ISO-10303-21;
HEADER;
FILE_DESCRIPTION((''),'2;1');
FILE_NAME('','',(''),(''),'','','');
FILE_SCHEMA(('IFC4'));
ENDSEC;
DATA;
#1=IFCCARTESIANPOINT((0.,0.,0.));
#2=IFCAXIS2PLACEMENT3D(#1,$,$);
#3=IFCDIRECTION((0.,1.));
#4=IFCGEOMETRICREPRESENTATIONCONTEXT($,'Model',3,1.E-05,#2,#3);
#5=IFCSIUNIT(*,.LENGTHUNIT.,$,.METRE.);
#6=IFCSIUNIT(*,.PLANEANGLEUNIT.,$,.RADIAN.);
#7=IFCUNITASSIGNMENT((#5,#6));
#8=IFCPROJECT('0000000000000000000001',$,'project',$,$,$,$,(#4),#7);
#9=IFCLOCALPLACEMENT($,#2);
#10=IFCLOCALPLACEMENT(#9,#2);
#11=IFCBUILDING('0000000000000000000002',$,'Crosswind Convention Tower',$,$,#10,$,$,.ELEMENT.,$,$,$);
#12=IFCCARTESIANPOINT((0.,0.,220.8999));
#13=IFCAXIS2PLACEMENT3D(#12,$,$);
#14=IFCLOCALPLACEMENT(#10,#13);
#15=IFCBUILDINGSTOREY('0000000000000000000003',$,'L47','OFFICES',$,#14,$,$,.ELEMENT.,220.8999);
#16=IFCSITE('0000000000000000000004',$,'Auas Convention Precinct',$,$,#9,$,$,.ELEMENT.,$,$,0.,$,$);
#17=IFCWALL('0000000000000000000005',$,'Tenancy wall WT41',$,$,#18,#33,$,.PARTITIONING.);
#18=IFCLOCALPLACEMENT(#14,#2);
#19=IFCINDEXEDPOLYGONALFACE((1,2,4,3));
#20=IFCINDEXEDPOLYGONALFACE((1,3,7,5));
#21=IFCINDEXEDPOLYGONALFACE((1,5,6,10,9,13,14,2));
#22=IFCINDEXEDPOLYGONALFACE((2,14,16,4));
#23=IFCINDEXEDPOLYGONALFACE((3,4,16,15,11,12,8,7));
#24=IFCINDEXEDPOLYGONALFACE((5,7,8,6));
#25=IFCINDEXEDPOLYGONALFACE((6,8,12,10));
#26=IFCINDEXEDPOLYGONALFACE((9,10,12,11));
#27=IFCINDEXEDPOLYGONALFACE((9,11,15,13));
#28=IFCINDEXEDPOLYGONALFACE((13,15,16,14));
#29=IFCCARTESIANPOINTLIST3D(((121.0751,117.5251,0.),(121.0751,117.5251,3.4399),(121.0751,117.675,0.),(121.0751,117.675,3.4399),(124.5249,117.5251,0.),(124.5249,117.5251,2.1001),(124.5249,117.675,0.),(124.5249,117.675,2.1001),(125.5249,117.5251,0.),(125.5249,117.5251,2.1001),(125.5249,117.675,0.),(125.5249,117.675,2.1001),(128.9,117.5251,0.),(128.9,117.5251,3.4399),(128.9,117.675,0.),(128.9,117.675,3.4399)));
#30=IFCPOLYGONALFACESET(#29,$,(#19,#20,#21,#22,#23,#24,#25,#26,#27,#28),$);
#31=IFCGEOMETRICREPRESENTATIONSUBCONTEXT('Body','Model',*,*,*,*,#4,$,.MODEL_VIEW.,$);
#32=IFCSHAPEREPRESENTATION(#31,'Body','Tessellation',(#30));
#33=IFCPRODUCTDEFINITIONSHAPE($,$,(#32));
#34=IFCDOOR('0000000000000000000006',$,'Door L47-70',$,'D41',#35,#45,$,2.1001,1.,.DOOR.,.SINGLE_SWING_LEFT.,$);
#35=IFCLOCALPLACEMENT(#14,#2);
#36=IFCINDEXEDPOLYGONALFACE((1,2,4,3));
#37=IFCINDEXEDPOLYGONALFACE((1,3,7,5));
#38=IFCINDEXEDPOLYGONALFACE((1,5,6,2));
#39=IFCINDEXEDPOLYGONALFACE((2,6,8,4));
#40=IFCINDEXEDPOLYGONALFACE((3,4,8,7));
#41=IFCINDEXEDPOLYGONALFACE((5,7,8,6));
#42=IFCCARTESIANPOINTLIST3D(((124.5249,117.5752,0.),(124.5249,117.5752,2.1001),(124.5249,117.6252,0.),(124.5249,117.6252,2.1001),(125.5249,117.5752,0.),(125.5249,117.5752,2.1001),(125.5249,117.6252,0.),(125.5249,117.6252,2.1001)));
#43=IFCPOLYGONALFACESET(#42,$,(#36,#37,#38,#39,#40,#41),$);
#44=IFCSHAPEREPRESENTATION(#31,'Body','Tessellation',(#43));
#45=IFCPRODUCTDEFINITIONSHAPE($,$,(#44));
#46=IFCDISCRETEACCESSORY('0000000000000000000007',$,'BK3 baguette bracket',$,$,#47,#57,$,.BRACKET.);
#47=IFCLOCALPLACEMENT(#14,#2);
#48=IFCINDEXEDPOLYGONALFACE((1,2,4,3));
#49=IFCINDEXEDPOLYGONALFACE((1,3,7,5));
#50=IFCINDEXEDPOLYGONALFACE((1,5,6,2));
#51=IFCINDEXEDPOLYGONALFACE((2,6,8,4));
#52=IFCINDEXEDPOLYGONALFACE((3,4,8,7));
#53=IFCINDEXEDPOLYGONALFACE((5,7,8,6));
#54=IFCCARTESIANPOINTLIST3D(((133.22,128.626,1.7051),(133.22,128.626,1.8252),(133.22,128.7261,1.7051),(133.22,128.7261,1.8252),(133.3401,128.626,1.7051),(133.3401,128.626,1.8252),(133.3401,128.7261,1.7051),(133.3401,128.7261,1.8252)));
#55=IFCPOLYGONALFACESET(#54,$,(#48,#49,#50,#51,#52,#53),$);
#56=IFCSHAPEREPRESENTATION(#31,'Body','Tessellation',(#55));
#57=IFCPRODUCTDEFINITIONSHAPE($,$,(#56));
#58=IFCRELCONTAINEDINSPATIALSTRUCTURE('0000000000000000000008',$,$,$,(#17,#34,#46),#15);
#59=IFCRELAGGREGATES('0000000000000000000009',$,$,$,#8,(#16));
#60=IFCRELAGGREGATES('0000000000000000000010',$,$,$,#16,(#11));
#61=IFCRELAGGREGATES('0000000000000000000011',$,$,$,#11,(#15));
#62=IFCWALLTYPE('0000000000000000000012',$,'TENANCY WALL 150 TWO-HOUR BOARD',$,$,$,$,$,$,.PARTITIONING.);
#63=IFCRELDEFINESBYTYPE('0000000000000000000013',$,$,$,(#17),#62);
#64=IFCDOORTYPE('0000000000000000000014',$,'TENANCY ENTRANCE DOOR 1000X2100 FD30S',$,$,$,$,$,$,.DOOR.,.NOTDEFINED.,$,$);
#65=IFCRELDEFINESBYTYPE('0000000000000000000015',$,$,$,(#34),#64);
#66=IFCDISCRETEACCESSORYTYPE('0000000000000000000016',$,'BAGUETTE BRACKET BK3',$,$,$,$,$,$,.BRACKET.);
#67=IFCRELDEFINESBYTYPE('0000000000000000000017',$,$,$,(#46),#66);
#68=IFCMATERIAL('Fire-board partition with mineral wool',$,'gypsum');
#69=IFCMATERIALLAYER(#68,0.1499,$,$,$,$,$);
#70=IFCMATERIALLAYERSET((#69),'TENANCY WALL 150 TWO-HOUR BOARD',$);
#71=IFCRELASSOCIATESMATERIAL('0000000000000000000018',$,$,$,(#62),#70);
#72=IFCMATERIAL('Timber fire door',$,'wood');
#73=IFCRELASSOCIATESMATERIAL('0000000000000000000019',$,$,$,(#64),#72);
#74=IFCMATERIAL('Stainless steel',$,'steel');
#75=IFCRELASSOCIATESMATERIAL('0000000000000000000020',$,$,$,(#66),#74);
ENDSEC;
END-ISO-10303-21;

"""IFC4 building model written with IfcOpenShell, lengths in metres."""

from ifc_helpers import new_model, si_unit, direction, frame, frame_2d, origin, origin_2d, place, context, subcontext, project, spatial, rectangle, extrude, material, layer, layer_set, type_object, element, fill, save


model = new_model("IFC4")

# Units and contexts
model_context = context("Model", 3, precision=1e-05, world=origin(), true_north=direction((0.0, 1.0)))
body_context = subcontext(model_context, "Body", "Model", "MODEL_VIEW")
ifc_project = project(units=[si_unit("LENGTHUNIT", "METRE"), si_unit("PLANEANGLEUNIT", "RADIAN")], contexts=[model_context])

# Site, building, storey
site_placement = place(None, origin())
site = spatial("IfcSite", under=ifc_project, at=site_placement, Name="Auas Convention Precinct", CompositionType="ELEMENT", RefElevation=0.0)
building_placement = place(site_placement, origin())
building = spatial("IfcBuilding", under=site, at=building_placement, Name="Crosswind Convention Tower", CompositionType="ELEMENT")
storey_placement = place(building_placement, frame((0.0, 0.0, 220.8999)))
storey = spatial("IfcBuildingStorey", under=building, at=storey_placement, Name="L47", Description="OFFICES", CompositionType="ELEMENT", Elevation=220.8999)

# Wall, opening, door
ifc_material_1 = material(Name="Fire-board partition with mineral wool", Category="gypsum")
ifc_layer_1 = layer(ifc_material_1, 0.1499)
ifc_layer_set_1 = layer_set([ifc_layer_1], Name="TENANCY WALL 150 TWO-HOUR BOARD")
wall_type_1 = type_object("IfcWallType", Name="TENANCY WALL 150 TWO-HOUR BOARD", PredefinedType="PARTITIONING", material=ifc_layer_set_1)
wall_1_placement = place(storey_placement, frame((121.075, 117.6001, 0.0), z_axis=(0.0, 0.0, 1.0), x_axis=(1.0, 0.0, 0.0)))
wall_1 = element("IfcWall", 1, at=wall_1_placement, inside=storey, type_object=wall_type_1, Name="Tenancy wall WT41", PredefinedType="PARTITIONING", context=body_context, shape_type="SweptSolid", body=[
    extrude(rectangle(XDim=7.825, YDim=0.1499, at=frame_2d((3.9126, 0.0))), origin(), (0.0, 0.0, 1.0), 3.4399),
])
opening_placement = place(wall_1_placement, frame((3.45, 0.0, 0.0)))
opening = element("IfcOpeningElement", 2, at=opening_placement, cuts=wall_1, PredefinedType="OPENING", context=body_context, shape_type="SweptSolid", body=[
    extrude(rectangle(XDim=1.0, YDim=2.1001, at=frame_2d((0.5, 1.05))), frame((0.0, 0.085, 0.0), z_axis=(0.0, -1.0, 0.0), x_axis=(1.0, 0.0, 0.0)), (0.0, 0.0, 1.0), 0.1699),
])
ifc_material_2 = material(Name="Timber fire door", Category="wood")
door_type = type_object("IfcDoorType", Name="TENANCY ENTRANCE DOOR 1000X2100 FD30S", OperationType="NOTDEFINED", PredefinedType="DOOR", material=ifc_material_2)
door_placement = place(opening_placement, frame((1.0, 0.0, 0.0), z_axis=(0.0, 0.0, 1.0), x_axis=(-1.0, 0.0, 0.0)))
door = element("IfcDoor", 3, at=door_placement, inside=storey, type_object=door_type, Name="Door L47-70", ObjectType="D41", OperationType="SINGLE_SWING_LEFT", OverallHeight=2.1001, OverallWidth=1.0, PredefinedType="DOOR", context=body_context, shape_type="SweptSolid", body=[
    extrude(rectangle(XDim=1.0, YDim=2.1001, at=frame_2d((0.5, 1.05))), frame((0.0, 0.0249, 0.0), z_axis=(0.0, -1.0, 0.0), x_axis=(1.0, 0.0, 0.0)), (0.0, 0.0, 1.0), 0.05),
])
fill(opening, door)

# Discrete accessory
ifc_material_3 = material(Name="Stainless steel", Category="steel")
discrete_accessory_type = type_object("IfcDiscreteAccessoryType", Name="BAGUETTE BRACKET BK3", PredefinedType="BRACKET", material=ifc_material_3)
discrete_accessory_placement = place(storey_placement, frame((133.28, 128.676, 1.7051), z_axis=(0.0, 0.0, 1.0), x_axis=(-1.0, 0.0, 0.0)))
element("IfcDiscreteAccessory", 4, at=discrete_accessory_placement, inside=storey, type_object=discrete_accessory_type, Name="BK3 baguette bracket", PredefinedType="BRACKET", context=body_context, shape_type="SweptSolid", body=[
    extrude(rectangle(XDim=0.1201, YDim=0.1001, at=origin_2d()), origin(), (0.0, 0.0, 1.0), 0.1201),
])

save(model, "model.ifc")
